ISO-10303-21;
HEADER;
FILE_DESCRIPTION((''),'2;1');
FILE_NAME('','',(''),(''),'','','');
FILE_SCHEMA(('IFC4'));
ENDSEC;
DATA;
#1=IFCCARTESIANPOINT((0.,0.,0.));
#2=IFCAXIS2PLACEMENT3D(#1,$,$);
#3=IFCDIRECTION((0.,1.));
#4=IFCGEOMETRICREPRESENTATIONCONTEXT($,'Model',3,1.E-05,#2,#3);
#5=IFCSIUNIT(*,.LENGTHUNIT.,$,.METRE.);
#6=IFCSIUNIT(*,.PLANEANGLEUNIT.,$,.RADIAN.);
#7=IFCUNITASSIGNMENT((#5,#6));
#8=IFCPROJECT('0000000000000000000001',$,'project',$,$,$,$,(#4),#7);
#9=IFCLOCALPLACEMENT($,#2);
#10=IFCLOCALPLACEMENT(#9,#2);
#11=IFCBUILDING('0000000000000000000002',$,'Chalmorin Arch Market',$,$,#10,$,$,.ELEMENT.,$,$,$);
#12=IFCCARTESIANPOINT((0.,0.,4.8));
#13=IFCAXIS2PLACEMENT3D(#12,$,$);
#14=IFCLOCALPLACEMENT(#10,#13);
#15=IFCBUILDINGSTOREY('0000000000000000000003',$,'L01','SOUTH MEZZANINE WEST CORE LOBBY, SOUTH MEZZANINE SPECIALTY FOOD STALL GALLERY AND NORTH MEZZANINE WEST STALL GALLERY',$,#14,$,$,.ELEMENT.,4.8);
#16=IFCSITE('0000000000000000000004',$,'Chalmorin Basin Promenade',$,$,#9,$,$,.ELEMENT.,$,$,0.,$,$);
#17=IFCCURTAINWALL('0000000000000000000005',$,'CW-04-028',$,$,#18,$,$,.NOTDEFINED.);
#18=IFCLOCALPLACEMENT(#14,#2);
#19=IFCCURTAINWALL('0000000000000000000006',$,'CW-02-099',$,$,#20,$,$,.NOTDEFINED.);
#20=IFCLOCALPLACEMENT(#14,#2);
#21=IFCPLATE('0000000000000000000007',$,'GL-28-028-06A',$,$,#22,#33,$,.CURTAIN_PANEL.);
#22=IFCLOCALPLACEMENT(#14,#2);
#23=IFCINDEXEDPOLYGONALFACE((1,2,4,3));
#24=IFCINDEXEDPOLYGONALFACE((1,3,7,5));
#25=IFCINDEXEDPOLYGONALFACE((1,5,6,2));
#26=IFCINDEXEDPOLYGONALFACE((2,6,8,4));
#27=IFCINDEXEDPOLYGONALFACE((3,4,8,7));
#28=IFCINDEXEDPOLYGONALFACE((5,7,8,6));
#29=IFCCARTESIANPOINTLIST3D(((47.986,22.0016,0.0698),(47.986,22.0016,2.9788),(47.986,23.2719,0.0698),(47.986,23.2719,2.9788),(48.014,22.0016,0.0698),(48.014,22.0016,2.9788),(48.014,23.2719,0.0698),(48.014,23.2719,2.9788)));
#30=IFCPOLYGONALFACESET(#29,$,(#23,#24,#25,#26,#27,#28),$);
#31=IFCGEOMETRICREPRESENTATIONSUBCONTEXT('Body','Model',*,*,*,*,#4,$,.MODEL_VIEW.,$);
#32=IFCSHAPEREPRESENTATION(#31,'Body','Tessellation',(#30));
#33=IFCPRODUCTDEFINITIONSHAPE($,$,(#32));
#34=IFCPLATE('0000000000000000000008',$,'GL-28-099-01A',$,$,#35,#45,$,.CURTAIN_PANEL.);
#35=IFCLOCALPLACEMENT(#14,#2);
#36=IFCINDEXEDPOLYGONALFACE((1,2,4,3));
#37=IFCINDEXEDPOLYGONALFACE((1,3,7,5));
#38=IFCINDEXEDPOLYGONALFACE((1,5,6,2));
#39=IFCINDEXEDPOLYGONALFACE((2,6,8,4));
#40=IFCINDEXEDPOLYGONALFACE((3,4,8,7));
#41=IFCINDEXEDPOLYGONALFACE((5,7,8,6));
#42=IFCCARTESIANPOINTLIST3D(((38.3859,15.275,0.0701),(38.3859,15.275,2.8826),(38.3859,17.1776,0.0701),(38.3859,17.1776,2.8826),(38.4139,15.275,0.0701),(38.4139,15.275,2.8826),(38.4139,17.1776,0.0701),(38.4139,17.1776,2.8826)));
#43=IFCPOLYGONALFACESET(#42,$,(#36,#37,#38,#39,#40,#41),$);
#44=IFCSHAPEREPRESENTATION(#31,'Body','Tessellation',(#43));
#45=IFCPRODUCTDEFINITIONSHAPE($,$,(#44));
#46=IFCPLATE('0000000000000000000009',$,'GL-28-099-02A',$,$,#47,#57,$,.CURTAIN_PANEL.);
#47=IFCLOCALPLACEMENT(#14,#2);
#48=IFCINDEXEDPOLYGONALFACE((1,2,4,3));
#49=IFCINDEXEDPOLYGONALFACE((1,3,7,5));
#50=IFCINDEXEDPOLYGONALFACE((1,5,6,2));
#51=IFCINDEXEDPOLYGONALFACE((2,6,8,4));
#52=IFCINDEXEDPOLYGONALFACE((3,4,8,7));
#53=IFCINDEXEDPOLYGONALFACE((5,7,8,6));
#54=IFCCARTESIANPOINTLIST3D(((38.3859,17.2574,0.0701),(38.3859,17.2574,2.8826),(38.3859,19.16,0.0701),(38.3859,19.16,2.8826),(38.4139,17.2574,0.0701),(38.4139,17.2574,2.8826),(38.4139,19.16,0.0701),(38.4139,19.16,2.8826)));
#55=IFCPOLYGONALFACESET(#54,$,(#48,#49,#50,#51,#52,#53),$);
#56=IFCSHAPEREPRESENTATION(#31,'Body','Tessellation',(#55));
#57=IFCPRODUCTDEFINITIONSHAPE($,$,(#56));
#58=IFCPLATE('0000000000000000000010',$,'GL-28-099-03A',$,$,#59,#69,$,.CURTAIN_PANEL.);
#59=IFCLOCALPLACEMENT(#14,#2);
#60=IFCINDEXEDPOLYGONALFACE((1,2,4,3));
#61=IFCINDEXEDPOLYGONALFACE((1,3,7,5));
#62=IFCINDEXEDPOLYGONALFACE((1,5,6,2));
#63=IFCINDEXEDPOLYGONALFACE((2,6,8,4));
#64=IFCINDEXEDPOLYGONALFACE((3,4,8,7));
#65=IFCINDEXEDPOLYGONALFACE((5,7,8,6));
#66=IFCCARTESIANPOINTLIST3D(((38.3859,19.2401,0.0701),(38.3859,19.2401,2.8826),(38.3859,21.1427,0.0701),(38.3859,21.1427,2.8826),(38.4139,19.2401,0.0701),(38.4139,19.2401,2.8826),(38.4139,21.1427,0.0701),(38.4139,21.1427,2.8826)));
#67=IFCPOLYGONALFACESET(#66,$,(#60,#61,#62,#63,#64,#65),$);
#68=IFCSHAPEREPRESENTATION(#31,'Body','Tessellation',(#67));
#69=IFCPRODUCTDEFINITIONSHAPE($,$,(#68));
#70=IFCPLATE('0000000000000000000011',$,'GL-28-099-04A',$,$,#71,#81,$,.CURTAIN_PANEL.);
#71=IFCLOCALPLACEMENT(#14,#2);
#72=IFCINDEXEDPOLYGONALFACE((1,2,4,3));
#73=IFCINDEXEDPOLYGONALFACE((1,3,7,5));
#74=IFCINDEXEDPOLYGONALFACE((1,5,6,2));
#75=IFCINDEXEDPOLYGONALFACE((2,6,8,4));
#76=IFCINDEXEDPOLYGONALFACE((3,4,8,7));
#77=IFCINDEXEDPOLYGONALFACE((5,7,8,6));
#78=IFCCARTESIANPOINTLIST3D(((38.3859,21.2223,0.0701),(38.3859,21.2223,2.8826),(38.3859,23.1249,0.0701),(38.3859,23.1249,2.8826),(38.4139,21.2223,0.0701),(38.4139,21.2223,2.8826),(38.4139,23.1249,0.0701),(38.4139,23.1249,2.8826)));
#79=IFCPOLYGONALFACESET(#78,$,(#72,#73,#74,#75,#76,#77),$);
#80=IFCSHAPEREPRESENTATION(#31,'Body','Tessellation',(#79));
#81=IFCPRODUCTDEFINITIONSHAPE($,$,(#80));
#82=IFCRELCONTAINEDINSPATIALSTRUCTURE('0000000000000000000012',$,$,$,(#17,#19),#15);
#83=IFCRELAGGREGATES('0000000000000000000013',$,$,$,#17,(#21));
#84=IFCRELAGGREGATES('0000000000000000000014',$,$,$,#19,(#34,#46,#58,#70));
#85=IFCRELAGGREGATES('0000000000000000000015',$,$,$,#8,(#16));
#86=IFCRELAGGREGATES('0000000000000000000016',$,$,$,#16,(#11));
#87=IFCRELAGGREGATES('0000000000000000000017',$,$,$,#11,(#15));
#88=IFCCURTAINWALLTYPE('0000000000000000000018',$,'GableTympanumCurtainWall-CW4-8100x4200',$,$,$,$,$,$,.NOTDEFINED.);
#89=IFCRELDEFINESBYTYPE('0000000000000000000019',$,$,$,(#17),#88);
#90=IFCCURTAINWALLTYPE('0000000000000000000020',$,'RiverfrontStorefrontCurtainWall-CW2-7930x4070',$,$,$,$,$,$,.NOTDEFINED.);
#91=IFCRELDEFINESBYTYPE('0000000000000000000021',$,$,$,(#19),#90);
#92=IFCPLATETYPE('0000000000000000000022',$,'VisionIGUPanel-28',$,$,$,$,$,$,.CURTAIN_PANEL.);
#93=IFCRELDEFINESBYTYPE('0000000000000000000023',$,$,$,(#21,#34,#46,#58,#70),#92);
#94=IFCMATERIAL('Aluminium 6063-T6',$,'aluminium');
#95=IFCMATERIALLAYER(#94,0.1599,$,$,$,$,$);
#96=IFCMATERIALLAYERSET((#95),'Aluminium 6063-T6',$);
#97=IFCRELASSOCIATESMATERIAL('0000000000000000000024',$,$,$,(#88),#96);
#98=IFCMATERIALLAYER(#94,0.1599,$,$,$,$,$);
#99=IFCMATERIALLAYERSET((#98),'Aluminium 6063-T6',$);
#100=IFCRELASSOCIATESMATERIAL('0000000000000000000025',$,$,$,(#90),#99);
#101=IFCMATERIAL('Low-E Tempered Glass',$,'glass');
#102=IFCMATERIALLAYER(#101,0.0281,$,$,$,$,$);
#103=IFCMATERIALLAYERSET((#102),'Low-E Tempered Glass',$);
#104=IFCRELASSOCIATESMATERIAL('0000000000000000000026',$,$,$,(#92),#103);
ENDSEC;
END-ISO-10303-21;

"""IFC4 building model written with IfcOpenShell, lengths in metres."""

from ifc_helpers import new_model, si_unit, direction, frame, origin, origin_2d, place, context, subcontext, project, spatial, rectangle, extrude, material, layer, layer_set, type_object, element, aggregate, save


model = new_model("IFC4")

# Units and contexts
model_context = context("Model", 3, precision=1e-05, world=origin(), true_north=direction((0.0, 1.0)))
body_context = subcontext(model_context, "Body", "Model", "MODEL_VIEW")
ifc_project = project(units=[si_unit("LENGTHUNIT", "METRE"), si_unit("PLANEANGLEUNIT", "RADIAN")], contexts=[model_context])

# Site, building, storey
site_placement = place(None, origin())
site = spatial("IfcSite", under=ifc_project, at=site_placement, Name="Chalmorin Basin Promenade", CompositionType="ELEMENT", RefElevation=0.0)
building_placement = place(site_placement, origin())
building = spatial("IfcBuilding", under=site, at=building_placement, Name="Chalmorin Arch Market", CompositionType="ELEMENT")
storey_placement = place(building_placement, frame((0.0, 0.0, 4.8)))
storey = spatial("IfcBuildingStorey", under=building, at=storey_placement, Name="L01", Description="SOUTH MEZZANINE WEST CORE LOBBY, SOUTH MEZZANINE SPECIALTY FOOD STALL GALLERY AND NORTH MEZZANINE WEST STALL GALLERY", CompositionType="ELEMENT", Elevation=4.8)

# Curtain walls
ifc_material_1 = material(Name="Aluminium 6063-T6", Category="aluminium")
ifc_layer_1 = layer(ifc_material_1, 0.1599)
ifc_layer_set_1 = layer_set([ifc_layer_1], Name="Aluminium 6063-T6")
curtain_wall_type_1 = type_object("IfcCurtainWallType", Name="GableTympanumCurtainWall-CW4-8100x4200", PredefinedType="NOTDEFINED", material=ifc_layer_set_1)
curtain_wall_1_placement = place(storey_placement, origin())
curtain_wall_1 = element("IfcCurtainWall", 1, at=curtain_wall_1_placement, inside=storey, type_object=curtain_wall_type_1, Name="CW-04-028", PredefinedType="NOTDEFINED")
ifc_layer_2 = layer(ifc_material_1, 0.1599)
ifc_layer_set_2 = layer_set([ifc_layer_2], Name="Aluminium 6063-T6")
curtain_wall_type_2 = type_object("IfcCurtainWallType", Name="RiverfrontStorefrontCurtainWall-CW2-7930x4070", PredefinedType="NOTDEFINED", material=ifc_layer_set_2)
curtain_wall_2_placement = place(storey_placement, origin())
curtain_wall_2 = element("IfcCurtainWall", 2, at=curtain_wall_2_placement, inside=storey, type_object=curtain_wall_type_2, Name="CW-02-099", PredefinedType="NOTDEFINED")

# Plates
ifc_material_2 = material(Name="Low-E Tempered Glass", Category="glass")
ifc_layer_3 = layer(ifc_material_2, 0.0281)
ifc_layer_set_3 = layer_set([ifc_layer_3], Name="Low-E Tempered Glass")
plate_type_1 = type_object("IfcPlateType", Name="VisionIGUPanel-28", PredefinedType="CURTAIN_PANEL", material=ifc_layer_set_3)
plate_1_placement = place(storey_placement, frame((48.0, 22.6367, 0.0698), z_axis=(0.0, 0.0, 1.0), x_axis=(0.0, 1.0, 0.0)))
plate_1 = element("IfcPlate", 3, at=plate_1_placement, type_object=plate_type_1, Name="GL-28-028-06A", PredefinedType="CURTAIN_PANEL", context=body_context, shape_type="SweptSolid", body=[
    extrude(rectangle(XDim=1.2703, YDim=0.0281, at=origin_2d()), origin(), (0.0, 0.0, 1.0), 2.9089),
])
aggregate(curtain_wall_1, [plate_1])
plate_2_placement = place(storey_placement, frame((38.3999, 16.2263, 0.0701), z_axis=(0.0, 0.0, 1.0), x_axis=(0.0, 1.0, 0.0)))
plate_2 = element("IfcPlate", 4, at=plate_2_placement, type_object=plate_type_1, Name="GL-28-099-01A", PredefinedType="CURTAIN_PANEL", context=body_context, shape_type="SweptSolid", body=[
    extrude(rectangle(XDim=1.9026, YDim=0.0281, at=origin_2d()), origin(), (0.0, 0.0, 1.0), 2.8125),
])
plate_3_placement = place(storey_placement, frame((38.3999, 18.2087, 0.0701), z_axis=(0.0, 0.0, 1.0), x_axis=(0.0, 1.0, 0.0)))
plate_3 = element("IfcPlate", 5, at=plate_3_placement, type_object=plate_type_1, Name="GL-28-099-02A", PredefinedType="CURTAIN_PANEL", context=body_context, shape_type="SweptSolid", body=[
    extrude(rectangle(XDim=1.9026, YDim=0.0281, at=origin_2d()), origin(), (0.0, 0.0, 1.0), 2.8125),
])
plate_4_placement = place(storey_placement, frame((38.3999, 20.1914, 0.0701), z_axis=(0.0, 0.0, 1.0), x_axis=(0.0, 1.0, 0.0)))
plate_4 = element("IfcPlate", 6, at=plate_4_placement, type_object=plate_type_1, Name="GL-28-099-03A", PredefinedType="CURTAIN_PANEL", context=body_context, shape_type="SweptSolid", body=[
    extrude(rectangle(XDim=1.9026, YDim=0.0281, at=origin_2d()), origin(), (0.0, 0.0, 1.0), 2.8125),
])
plate_5_placement = place(storey_placement, frame((38.3999, 22.1736, 0.0701), z_axis=(0.0, 0.0, 1.0), x_axis=(0.0, 1.0, 0.0)))
plate_5 = element("IfcPlate", 7, at=plate_5_placement, type_object=plate_type_1, Name="GL-28-099-04A", PredefinedType="CURTAIN_PANEL", context=body_context, shape_type="SweptSolid", body=[
    extrude(rectangle(XDim=1.9026, YDim=0.0281, at=origin_2d()), origin(), (0.0, 0.0, 1.0), 2.8125),
])
aggregate(curtain_wall_2, [plate_2, plate_3, plate_4, plate_5])

save(model, "model.ifc")
